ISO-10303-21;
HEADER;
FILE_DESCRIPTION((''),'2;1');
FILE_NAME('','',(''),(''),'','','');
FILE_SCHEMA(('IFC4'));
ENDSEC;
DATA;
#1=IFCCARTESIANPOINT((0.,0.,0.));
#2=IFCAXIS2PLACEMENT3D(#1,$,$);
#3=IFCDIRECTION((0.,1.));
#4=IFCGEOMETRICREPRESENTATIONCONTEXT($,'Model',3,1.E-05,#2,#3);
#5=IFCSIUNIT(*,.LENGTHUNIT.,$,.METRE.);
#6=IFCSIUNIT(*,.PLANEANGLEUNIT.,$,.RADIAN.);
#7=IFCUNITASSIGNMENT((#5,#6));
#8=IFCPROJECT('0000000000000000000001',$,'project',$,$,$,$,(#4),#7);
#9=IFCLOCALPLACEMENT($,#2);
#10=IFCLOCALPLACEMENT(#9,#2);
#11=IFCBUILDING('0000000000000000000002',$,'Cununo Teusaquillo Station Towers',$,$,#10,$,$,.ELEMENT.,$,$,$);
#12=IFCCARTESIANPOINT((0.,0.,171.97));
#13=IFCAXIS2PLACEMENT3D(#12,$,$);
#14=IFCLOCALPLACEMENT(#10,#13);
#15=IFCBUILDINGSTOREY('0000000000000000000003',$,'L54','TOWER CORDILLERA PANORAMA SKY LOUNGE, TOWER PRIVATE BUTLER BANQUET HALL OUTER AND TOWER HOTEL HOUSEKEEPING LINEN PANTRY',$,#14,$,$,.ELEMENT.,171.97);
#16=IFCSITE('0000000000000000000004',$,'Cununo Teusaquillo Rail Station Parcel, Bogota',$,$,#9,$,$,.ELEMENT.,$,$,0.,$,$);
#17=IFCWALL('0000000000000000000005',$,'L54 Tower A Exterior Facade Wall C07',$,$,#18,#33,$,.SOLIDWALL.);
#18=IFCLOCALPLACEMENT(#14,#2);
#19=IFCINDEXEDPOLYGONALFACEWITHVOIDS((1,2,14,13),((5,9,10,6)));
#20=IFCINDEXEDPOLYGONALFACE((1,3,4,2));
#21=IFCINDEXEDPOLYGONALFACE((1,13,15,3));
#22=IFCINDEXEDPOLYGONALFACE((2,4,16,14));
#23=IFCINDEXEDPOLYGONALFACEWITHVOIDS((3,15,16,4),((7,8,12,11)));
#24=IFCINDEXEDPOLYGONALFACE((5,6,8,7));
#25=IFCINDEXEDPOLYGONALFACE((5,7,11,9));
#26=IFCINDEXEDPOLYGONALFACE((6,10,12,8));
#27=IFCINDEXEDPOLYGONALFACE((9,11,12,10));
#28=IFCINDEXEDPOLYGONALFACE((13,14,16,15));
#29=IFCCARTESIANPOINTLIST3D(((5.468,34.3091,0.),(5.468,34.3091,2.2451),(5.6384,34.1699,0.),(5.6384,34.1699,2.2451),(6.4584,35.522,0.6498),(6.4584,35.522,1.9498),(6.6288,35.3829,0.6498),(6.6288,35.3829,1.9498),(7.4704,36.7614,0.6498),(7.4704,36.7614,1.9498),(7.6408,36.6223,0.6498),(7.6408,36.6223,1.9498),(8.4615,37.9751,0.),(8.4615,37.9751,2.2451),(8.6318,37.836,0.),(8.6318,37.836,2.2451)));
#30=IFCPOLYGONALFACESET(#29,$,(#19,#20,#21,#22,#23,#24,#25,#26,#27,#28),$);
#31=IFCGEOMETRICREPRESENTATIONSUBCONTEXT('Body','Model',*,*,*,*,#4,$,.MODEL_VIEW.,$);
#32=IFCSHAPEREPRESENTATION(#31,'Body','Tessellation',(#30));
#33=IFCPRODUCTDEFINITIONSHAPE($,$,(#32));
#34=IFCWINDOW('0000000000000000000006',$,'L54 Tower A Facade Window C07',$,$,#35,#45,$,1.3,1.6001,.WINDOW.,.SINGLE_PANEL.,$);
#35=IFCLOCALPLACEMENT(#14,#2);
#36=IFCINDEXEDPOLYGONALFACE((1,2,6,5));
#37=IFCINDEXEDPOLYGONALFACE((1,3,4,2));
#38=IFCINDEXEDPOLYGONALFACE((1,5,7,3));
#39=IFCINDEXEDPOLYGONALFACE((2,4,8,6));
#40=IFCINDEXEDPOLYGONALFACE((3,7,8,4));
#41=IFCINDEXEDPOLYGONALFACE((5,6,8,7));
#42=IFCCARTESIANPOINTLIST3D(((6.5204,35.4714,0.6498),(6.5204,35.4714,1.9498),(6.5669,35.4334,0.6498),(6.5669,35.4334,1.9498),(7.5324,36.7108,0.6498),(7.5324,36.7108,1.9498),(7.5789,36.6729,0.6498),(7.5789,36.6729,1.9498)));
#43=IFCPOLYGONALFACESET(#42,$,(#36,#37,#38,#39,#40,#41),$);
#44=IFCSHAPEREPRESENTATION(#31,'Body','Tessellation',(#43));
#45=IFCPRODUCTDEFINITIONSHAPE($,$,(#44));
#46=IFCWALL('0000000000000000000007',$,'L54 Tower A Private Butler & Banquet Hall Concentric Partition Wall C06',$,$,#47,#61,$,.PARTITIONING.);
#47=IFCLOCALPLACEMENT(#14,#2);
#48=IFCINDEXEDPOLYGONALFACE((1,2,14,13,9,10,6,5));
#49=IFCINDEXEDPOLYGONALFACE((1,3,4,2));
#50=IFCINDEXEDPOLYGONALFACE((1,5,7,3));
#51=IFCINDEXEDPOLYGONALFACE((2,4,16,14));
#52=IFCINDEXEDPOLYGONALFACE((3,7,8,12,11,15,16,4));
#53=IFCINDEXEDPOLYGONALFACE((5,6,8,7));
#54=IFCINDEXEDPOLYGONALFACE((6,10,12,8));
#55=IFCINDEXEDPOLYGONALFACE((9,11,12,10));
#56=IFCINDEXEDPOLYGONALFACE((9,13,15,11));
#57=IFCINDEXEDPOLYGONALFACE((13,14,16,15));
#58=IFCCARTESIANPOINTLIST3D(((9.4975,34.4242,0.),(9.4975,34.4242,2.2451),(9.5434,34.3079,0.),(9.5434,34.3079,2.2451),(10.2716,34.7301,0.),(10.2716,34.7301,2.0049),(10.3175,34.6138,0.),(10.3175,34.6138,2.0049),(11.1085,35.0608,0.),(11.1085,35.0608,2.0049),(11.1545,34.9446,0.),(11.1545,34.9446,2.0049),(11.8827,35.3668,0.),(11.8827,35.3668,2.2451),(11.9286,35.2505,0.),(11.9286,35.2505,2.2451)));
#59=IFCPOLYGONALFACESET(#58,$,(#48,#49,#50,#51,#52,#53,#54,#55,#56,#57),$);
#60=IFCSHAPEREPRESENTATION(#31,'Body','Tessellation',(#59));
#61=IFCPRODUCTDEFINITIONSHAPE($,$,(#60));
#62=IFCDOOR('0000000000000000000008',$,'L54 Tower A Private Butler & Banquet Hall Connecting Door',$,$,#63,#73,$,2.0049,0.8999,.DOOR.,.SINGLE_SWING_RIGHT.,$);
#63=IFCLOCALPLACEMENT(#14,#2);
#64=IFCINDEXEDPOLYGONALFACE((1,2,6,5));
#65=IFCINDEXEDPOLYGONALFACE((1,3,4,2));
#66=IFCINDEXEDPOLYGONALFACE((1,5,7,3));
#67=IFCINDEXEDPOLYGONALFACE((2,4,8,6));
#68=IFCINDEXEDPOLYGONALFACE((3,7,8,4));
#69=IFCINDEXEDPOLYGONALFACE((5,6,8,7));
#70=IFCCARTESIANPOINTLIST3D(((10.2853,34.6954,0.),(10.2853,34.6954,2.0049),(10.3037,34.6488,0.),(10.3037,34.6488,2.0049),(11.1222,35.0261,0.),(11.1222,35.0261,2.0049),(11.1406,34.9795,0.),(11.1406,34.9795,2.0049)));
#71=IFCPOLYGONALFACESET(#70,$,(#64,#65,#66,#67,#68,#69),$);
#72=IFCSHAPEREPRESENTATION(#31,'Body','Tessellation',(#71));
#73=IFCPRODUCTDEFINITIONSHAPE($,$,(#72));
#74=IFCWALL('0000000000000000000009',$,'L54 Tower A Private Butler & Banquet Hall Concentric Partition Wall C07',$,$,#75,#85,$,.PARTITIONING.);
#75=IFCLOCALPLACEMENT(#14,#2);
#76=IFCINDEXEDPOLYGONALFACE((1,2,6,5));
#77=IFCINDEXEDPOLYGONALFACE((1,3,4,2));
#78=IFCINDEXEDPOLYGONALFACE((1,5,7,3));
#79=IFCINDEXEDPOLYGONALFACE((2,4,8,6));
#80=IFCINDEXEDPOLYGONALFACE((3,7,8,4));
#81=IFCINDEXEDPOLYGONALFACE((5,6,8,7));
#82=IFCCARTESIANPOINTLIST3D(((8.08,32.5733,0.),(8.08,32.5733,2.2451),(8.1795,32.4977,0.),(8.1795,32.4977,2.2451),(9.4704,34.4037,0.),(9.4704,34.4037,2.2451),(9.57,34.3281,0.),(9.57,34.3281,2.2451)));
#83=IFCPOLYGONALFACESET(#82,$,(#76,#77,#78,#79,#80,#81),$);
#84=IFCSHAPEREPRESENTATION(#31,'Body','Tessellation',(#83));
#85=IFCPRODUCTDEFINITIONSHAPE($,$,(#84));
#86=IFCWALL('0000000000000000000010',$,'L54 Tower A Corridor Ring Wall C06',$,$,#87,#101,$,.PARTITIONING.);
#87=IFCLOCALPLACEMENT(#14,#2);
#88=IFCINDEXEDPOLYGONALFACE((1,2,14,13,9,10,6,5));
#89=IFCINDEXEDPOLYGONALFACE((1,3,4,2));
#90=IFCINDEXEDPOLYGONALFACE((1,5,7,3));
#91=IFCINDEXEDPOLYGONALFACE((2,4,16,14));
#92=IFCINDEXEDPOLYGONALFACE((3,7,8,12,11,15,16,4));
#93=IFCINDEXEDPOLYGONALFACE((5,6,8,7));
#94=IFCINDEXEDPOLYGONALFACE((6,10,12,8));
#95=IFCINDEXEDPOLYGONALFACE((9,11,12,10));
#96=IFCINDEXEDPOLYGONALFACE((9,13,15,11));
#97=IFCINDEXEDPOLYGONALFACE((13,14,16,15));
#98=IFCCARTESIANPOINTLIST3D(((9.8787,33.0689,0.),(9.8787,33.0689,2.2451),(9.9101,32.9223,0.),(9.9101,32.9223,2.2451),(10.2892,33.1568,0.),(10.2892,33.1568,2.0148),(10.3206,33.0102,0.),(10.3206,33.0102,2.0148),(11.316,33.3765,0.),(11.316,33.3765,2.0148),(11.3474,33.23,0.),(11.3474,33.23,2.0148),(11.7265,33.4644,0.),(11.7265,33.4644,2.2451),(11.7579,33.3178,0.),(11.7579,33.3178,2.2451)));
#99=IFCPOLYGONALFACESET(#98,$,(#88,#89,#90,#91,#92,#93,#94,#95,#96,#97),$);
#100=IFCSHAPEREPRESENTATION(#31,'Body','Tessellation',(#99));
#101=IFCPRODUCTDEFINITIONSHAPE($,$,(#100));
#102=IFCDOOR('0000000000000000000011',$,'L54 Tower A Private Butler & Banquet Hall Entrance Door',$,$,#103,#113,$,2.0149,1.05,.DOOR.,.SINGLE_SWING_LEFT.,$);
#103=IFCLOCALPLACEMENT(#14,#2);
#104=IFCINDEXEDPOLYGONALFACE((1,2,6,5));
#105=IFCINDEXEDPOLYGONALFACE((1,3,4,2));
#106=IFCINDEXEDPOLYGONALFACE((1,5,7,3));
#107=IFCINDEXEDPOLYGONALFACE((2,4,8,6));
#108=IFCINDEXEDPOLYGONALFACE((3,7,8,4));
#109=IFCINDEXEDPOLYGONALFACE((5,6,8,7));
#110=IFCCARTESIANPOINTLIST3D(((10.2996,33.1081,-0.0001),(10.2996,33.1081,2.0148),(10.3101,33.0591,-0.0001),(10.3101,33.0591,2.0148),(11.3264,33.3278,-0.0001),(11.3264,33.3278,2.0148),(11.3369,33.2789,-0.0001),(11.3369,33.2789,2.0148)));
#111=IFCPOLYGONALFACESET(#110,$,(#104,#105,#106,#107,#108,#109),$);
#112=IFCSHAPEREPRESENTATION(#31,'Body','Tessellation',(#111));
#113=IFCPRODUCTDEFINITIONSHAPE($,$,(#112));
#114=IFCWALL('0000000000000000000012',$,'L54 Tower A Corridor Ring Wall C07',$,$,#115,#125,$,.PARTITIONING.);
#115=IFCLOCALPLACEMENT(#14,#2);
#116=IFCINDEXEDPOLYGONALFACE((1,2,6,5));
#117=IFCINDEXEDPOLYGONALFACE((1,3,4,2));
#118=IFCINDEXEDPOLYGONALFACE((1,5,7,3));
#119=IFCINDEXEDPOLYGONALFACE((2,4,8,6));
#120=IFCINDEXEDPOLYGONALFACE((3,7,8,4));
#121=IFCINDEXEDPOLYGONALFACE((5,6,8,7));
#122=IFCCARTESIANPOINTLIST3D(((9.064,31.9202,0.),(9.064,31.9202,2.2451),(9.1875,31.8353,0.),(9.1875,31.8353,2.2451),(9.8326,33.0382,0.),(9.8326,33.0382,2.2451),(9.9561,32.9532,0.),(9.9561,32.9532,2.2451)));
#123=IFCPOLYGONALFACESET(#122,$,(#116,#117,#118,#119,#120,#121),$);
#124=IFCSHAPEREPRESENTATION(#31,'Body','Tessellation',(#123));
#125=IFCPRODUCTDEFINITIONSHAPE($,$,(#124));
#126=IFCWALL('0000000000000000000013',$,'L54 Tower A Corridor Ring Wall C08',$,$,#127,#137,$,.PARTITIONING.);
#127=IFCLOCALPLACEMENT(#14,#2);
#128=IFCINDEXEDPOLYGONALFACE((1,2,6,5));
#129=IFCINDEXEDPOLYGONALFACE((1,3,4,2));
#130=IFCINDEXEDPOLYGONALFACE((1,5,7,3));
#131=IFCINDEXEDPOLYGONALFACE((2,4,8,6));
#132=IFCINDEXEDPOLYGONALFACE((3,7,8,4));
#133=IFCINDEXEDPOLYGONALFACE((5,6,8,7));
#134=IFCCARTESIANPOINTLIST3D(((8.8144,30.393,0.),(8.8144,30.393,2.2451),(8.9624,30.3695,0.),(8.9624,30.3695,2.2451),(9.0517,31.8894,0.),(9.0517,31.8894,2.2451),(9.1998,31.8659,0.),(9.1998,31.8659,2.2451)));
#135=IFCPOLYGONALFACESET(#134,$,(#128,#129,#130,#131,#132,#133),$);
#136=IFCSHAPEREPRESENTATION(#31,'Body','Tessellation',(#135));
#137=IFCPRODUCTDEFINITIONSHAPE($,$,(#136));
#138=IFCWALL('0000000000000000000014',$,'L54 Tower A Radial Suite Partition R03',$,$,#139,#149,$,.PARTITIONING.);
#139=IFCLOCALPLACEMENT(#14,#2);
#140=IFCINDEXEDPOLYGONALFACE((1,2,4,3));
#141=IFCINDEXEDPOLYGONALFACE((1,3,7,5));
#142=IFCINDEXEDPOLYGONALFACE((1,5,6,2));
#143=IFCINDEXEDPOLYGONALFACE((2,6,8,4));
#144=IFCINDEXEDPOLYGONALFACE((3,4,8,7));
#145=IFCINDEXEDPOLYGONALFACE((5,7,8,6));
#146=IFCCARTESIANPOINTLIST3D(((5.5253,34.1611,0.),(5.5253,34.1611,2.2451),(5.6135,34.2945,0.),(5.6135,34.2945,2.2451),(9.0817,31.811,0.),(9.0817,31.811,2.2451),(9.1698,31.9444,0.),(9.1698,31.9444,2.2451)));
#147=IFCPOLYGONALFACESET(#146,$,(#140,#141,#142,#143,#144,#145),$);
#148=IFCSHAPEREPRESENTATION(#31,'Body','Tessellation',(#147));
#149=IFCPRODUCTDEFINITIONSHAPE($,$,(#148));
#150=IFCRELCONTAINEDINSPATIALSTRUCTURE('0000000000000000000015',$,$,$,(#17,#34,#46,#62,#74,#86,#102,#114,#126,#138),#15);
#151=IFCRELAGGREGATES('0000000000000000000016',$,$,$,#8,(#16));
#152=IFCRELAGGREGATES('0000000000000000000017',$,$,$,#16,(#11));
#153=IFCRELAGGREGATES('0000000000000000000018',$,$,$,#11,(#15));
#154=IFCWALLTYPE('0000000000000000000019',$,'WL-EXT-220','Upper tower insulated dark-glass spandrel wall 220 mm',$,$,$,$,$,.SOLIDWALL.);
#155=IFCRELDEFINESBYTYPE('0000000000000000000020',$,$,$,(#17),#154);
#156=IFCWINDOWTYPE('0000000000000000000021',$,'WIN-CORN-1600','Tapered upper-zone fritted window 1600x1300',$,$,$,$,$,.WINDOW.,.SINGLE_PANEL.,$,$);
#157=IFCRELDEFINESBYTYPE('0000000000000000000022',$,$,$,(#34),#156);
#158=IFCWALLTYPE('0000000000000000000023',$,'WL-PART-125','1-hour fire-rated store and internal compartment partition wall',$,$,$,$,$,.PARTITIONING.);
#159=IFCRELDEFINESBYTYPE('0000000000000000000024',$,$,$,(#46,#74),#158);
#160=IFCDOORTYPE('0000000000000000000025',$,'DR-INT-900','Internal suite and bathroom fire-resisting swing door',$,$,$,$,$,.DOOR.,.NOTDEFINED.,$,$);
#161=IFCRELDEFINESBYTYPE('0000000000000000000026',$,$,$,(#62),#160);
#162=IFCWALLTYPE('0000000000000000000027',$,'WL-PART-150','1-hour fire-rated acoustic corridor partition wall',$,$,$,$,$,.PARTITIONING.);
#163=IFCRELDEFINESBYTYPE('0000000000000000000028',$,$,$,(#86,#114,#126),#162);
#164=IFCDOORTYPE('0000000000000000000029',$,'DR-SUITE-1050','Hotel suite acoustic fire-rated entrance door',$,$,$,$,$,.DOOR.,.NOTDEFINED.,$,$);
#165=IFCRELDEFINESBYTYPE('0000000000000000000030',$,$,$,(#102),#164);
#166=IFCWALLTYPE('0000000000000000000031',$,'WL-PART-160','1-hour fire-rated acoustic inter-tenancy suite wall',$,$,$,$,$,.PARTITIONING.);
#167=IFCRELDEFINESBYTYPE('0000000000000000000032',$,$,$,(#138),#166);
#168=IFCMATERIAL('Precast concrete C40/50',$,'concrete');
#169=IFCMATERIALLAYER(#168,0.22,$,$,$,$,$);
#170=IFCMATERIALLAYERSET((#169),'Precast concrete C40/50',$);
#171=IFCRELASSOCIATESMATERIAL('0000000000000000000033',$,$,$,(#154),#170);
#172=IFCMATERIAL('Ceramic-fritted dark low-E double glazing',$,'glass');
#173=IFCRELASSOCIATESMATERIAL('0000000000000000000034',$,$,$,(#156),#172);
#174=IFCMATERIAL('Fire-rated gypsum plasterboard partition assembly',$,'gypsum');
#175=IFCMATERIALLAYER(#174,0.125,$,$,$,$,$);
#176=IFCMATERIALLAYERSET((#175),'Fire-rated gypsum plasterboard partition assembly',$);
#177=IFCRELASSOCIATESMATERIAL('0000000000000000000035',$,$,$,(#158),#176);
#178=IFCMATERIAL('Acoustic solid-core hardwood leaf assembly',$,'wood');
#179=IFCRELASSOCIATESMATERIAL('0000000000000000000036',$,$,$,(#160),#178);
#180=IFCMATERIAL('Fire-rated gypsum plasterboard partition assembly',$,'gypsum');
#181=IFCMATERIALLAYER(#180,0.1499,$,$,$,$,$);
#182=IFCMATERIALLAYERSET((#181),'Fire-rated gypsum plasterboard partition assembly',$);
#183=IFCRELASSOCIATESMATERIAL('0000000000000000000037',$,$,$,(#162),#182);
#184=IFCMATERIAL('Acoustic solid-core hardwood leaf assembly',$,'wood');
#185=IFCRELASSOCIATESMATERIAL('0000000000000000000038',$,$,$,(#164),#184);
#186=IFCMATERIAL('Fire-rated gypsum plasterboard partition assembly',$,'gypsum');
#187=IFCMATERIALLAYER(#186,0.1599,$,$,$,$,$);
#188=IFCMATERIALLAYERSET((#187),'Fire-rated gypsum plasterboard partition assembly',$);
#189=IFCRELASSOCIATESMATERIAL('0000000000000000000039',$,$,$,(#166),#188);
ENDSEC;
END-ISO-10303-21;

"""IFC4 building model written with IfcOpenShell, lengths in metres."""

from ifc_helpers import new_model, si_unit, direction, frame, frame_2d, origin, place, context, subcontext, project, spatial, rectangle, extrude, source, transform, mapped, material, layer, layer_set, type_object, element, fill, save


model = new_model("IFC4")

# Units and contexts
model_context = context("Model", 3, precision=1e-05, world=origin(), true_north=direction((0.0, 1.0)))
body_context = subcontext(model_context, "Body", "Model", "MODEL_VIEW")
ifc_project = project(units=[si_unit("LENGTHUNIT", "METRE"), si_unit("PLANEANGLEUNIT", "RADIAN")], contexts=[model_context])

# Site, building, storey
site_placement = place(None, origin())
site = spatial("IfcSite", under=ifc_project, at=site_placement, Name="Cununo Teusaquillo Rail Station Parcel, Bogota", CompositionType="ELEMENT", RefElevation=0.0)
building_placement = place(site_placement, origin())
building = spatial("IfcBuilding", under=site, at=building_placement, Name="Cununo Teusaquillo Station Towers", CompositionType="ELEMENT")
storey_placement = place(building_placement, frame((0.0, 0.0, 171.97)))
storey = spatial("IfcBuildingStorey", under=building, at=storey_placement, Name="L54", Description="TOWER CORDILLERA PANORAMA SKY LOUNGE, TOWER PRIVATE BUTLER BANQUET HALL OUTER AND TOWER HOTEL HOUSEKEEPING LINEN PANTRY", CompositionType="ELEMENT", Elevation=171.97)

# Shared definitions
ifc_material_1 = material(Name="Precast concrete C40/50", Category="concrete")
ifc_layer_1 = layer(ifc_material_1, 0.22)
ifc_layer_set_1 = layer_set([ifc_layer_1], Name="Precast concrete C40/50")
wall_type_1 = type_object("IfcWallType", Name="WL-EXT-220", Description="Upper tower insulated dark-glass spandrel wall 220 mm", PredefinedType="SOLIDWALL", material=ifc_layer_set_1)
shared_shape_1 = source(origin(), body_context, "Body", "SweptSolid", [
    extrude(rectangle(XDim=1.6001, YDim=1.3, at=frame_2d((0.8, 0.6499))), frame((0.0, 0.1199, 0.0), z_axis=(0.0, -1.0, 0.0), x_axis=(1.0, 0.0, 0.0)), (0.0, 0.0, 1.0), 0.24),
])
ifc_material_2 = material(Name="Ceramic-fritted dark low-E double glazing", Category="glass")
window_type = type_object("IfcWindowType", Name="WIN-CORN-1600", Description="Tapered upper-zone fritted window 1600x1300", PartitioningType="SINGLE_PANEL", PredefinedType="WINDOW", material=ifc_material_2)
shared_shape_2 = source(origin(), body_context, "Body", "SweptSolid", [
    extrude(rectangle(XDim=1.6001, YDim=1.3, at=frame_2d((0.8, 0.6499))), frame((0.0, 0.03, 0.0), z_axis=(0.0, -1.0, 0.0), x_axis=(1.0, 0.0, 0.0)), (0.0, 0.0, 1.0), 0.0601),
])

# Wall, opening, window
wall_1_placement = place(storey_placement, frame((5.5532, 34.2395, 0.0), z_axis=(0.0, 0.0, 1.0), x_axis=(0.632471, 0.774584, 0.0)))
wall_1 = element("IfcWall", 1, at=wall_1_placement, inside=storey, type_object=wall_type_1, Name="L54 Tower A Exterior Facade Wall C07", PredefinedType="SOLIDWALL", context=body_context, shape_type="SweptSolid", body=[
    extrude(rectangle(XDim=4.7329, YDim=0.22, at=frame_2d((2.3665, 0.0))), origin(), (0.0, 0.0, 1.0), 2.2451),
])
opening_1_placement = place(wall_1_placement, frame((1.5659, 0.0, 0.6499)))
opening_1 = element("IfcOpeningElement", 2, at=opening_1_placement, cuts=wall_1, PredefinedType="OPENING", context=body_context, shape_type="MappedRepresentation", body=[
    mapped(shared_shape_1, transform((0.0, 0.0, 0.0), x_axis=(1.0, 0.0, 0.0), y_axis=(0.0, 1.0, 0.0), z_axis=(0.0, 0.0, 1.0), scale=1.0)),
])
window_1_placement = place(opening_1_placement, origin())
window_1 = element("IfcWindow", 3, at=window_1_placement, inside=storey, type_object=window_type, Name="L54 Tower A Facade Window C07", OverallHeight=1.3, OverallWidth=1.6001, PartitioningType="SINGLE_PANEL", PredefinedType="WINDOW", context=body_context, shape_type="MappedRepresentation", body=[
    mapped(shared_shape_2, transform((0.0, 0.0, 0.0), x_axis=(1.0, 0.0, 0.0), y_axis=(0.0, 1.0, 0.0), z_axis=(0.0, 0.0, 1.0), scale=1.0)),
])
fill(opening_1, window_1)

# Wall, opening, door
ifc_material_3 = material(Name="Fire-rated gypsum plasterboard partition assembly", Category="gypsum")
ifc_layer_2 = layer(ifc_material_3, 0.125)
ifc_layer_set_2 = layer_set([ifc_layer_2], Name="Fire-rated gypsum plasterboard partition assembly")
wall_type_2 = type_object("IfcWallType", Name="WL-PART-125", Description="1-hour fire-rated store and internal compartment partition wall", PredefinedType="PARTITIONING", material=ifc_layer_set_2)
wall_2_placement = place(storey_placement, frame((11.9055, 35.3086, 0.0), z_axis=(0.0, 0.0, 1.0), x_axis=(-0.930011, -0.367531, 0.0)))
wall_2 = element("IfcWall", 4, at=wall_2_placement, inside=storey, type_object=wall_type_2, Name="L54 Tower A Private Butler & Banquet Hall Concentric Partition Wall C06", PredefinedType="PARTITIONING", context=body_context, shape_type="SweptSolid", body=[
    extrude(rectangle(XDim=2.5647, YDim=0.125, at=frame_2d((1.2822, 0.0))), origin(), (0.0, 0.0, 1.0), 2.2451),
])
shared_shape_3 = source(origin(), body_context, "Body", "SweptSolid", [
    extrude(rectangle(XDim=0.8999, YDim=2.0049, at=frame_2d((0.45, 1.0024))), frame((0.0, 0.0725, 0.0), z_axis=(0.0, -1.0, 0.0), x_axis=(1.0, 0.0, 0.0)), (0.0, 0.0, 1.0), 0.145),
])
opening_2_placement = place(wall_2_placement, frame((0.8323, 0.0, 0.0)))
opening_2 = element("IfcOpeningElement", 5, at=opening_2_placement, cuts=wall_2, PredefinedType="OPENING", context=body_context, shape_type="MappedRepresentation", body=[
    mapped(shared_shape_3, transform((0.0, 0.0, 0.0), x_axis=(1.0, 0.0, 0.0), y_axis=(0.0, 1.0, 0.0), z_axis=(0.0, 0.0, 1.0), scale=1.0)),
])
ifc_material_4 = material(Name="Acoustic solid-core hardwood leaf assembly", Category="wood")
door_type_1 = type_object("IfcDoorType", Name="DR-INT-900", Description="Internal suite and bathroom fire-resisting swing door", OperationType="NOTDEFINED", PredefinedType="DOOR", material=ifc_material_4)
shared_shape_4 = source(origin(), body_context, "Body", "SweptSolid", [
    extrude(rectangle(XDim=0.8999, YDim=2.0049, at=frame_2d((0.45, 1.0024))), frame((0.0, 0.0249, 0.0), z_axis=(0.0, -1.0, 0.0), x_axis=(1.0, 0.0, 0.0)), (0.0, 0.0, 1.0), 0.05),
])
door_1_placement = place(opening_2_placement, origin())
door_1 = element("IfcDoor", 6, at=door_1_placement, inside=storey, type_object=door_type_1, Name="L54 Tower A Private Butler & Banquet Hall Connecting Door", OperationType="SINGLE_SWING_RIGHT", OverallHeight=2.0049, OverallWidth=0.8999, PredefinedType="DOOR", context=body_context, shape_type="MappedRepresentation", body=[
    mapped(shared_shape_4, transform((0.0, 0.0, 0.0), x_axis=(1.0, 0.0, 0.0), y_axis=(0.0, 1.0, 0.0), z_axis=(0.0, 0.0, 1.0), scale=1.0)),
])
fill(opening_2, door_1)

# Wall
wall_3_placement = place(storey_placement, frame((9.5203, 34.366, 0.0), z_axis=(0.0, 0.0, 1.0), x_axis=(-0.6049, -0.796301, 0.0)))
element("IfcWall", 7, at=wall_3_placement, inside=storey, type_object=wall_type_2, Name="L54 Tower A Private Butler & Banquet Hall Concentric Partition Wall C07", PredefinedType="PARTITIONING", context=body_context, shape_type="SweptSolid", body=[
    extrude(rectangle(XDim=2.2986, YDim=0.125, at=frame_2d((1.1494, 0.0))), origin(), (0.0, 0.0, 1.0), 2.2451),
])

# Wall, opening, door
ifc_material_5 = material(Name="Fire-rated gypsum plasterboard partition assembly", Category="gypsum")
ifc_layer_3 = layer(ifc_material_5, 0.1499)
ifc_layer_set_3 = layer_set([ifc_layer_3], Name="Fire-rated gypsum plasterboard partition assembly")
wall_type_3 = type_object("IfcWallType", Name="WL-PART-150", Description="1-hour fire-rated acoustic corridor partition wall", PredefinedType="PARTITIONING", material=ifc_layer_set_3)
wall_4_placement = place(storey_placement, frame((11.7422, 33.3911, 0.0), z_axis=(0.0, 0.0, 1.0), x_axis=(-0.977853, -0.209291, 0.0)))
wall_4 = element("IfcWall", 8, at=wall_4_placement, inside=storey, type_object=wall_type_3, Name="L54 Tower A Corridor Ring Wall C06", PredefinedType="PARTITIONING", context=body_context, shape_type="SweptSolid", body=[
    extrude(rectangle(XDim=1.8896, YDim=0.1499, at=frame_2d((0.9448, 0.0))), origin(), (0.0, 0.0, 1.0), 2.2451),
])
shared_shape_5 = source(origin(), body_context, "Body", "SweptSolid", [
    extrude(rectangle(XDim=1.05, YDim=2.0149, at=frame_2d((0.5249, 1.0073))), frame((0.0, 0.085, 0.0), z_axis=(0.0, -1.0, 0.0), x_axis=(1.0, 0.0, 0.0)), (0.0, 0.0, 1.0), 0.1699),
])
opening_3_placement = place(wall_4_placement, frame((0.4199, 0.0, 0.0)))
opening_3 = element("IfcOpeningElement", 9, at=opening_3_placement, cuts=wall_4, PredefinedType="OPENING", context=body_context, shape_type="MappedRepresentation", body=[
    mapped(shared_shape_5, transform((0.0, 0.0, 0.0), x_axis=(1.0, 0.0, 0.0), y_axis=(0.0, 1.0, 0.0), z_axis=(0.0, 0.0, 1.0), scale=1.0)),
])
ifc_material_6 = material(Name="Acoustic solid-core hardwood leaf assembly", Category="wood")
door_type_2 = type_object("IfcDoorType", Name="DR-SUITE-1050", Description="Hotel suite acoustic fire-rated entrance door", OperationType="NOTDEFINED", PredefinedType="DOOR", material=ifc_material_6)
shared_shape_6 = source(origin(), body_context, "Body", "SweptSolid", [
    extrude(rectangle(XDim=1.05, YDim=2.0149, at=frame_2d((0.5249, 1.0073))), frame((0.0, 0.0249, 0.0), z_axis=(0.0, -1.0, 0.0), x_axis=(1.0, 0.0, 0.0)), (0.0, 0.0, 1.0), 0.05),
])
door_2_placement = place(opening_3_placement, origin())
door_2 = element("IfcDoor", 10, at=door_2_placement, inside=storey, type_object=door_type_2, Name="L54 Tower A Private Butler & Banquet Hall Entrance Door", OperationType="SINGLE_SWING_LEFT", OverallHeight=2.0149, OverallWidth=1.05, PredefinedType="DOOR", context=body_context, shape_type="MappedRepresentation", body=[
    mapped(shared_shape_6, transform((0.0, 0.0, 0.0), x_axis=(1.0, 0.0, 0.0), y_axis=(0.0, 1.0, 0.0), z_axis=(0.0, 0.0, 1.0), scale=1.0)),
])
fill(opening_3, door_2)

# Walls
wall_5_placement = place(storey_placement, frame((9.8943, 32.9956, 0.0), z_axis=(0.0, 0.0, 1.0), x_axis=(-0.566521, -0.824047, 0.0)))
element("IfcWall", 11, at=wall_5_placement, inside=storey, type_object=wall_type_3, Name="L54 Tower A Corridor Ring Wall C07", PredefinedType="PARTITIONING", context=body_context, shape_type="SweptSolid", body=[
    extrude(rectangle(XDim=1.3567, YDim=0.1499, at=frame_2d((0.6782, 0.0))), origin(), (0.0, 0.0, 1.0), 2.2451),
])
wall_6_placement = place(storey_placement, frame((9.1257, 31.8777, 0.0), z_axis=(0.0, 0.0, 1.0), x_axis=(-0.156633, -0.987657, 0.0)))
element("IfcWall", 12, at=wall_6_placement, inside=storey, type_object=wall_type_3, Name="L54 Tower A Corridor Ring Wall C08", PredefinedType="PARTITIONING", context=body_context, shape_type="SweptSolid", body=[
    extrude(rectangle(XDim=1.5151, YDim=0.1499, at=frame_2d((0.7576, 0.0))), origin(), (0.0, 0.0, 1.0), 2.2451),
])
ifc_material_7 = material(Name="Fire-rated gypsum plasterboard partition assembly", Category="gypsum")
ifc_layer_4 = layer(ifc_material_7, 0.1599)
ifc_layer_set_4 = layer_set([ifc_layer_4], Name="Fire-rated gypsum plasterboard partition assembly")
wall_type_4 = type_object("IfcWallType", Name="WL-PART-160", Description="1-hour fire-rated acoustic inter-tenancy suite wall", PredefinedType="PARTITIONING", material=ifc_layer_set_4)
wall_7_placement = place(storey_placement, frame((9.1257, 31.8777, 0.0), z_axis=(0.0, 0.0, 1.0), x_axis=(-0.834299, 0.551312, 0.0)))
element("IfcWall", 13, at=wall_7_placement, inside=storey, type_object=wall_type_4, Name="L54 Tower A Radial Suite Partition R03", PredefinedType="PARTITIONING", context=body_context, shape_type="SweptSolid", body=[
    extrude(rectangle(XDim=4.2627, YDim=0.1599, at=frame_2d((2.1313, 0.0))), origin(), (0.0, 0.0, 1.0), 2.2451),
])

save(model, "model.ifc")
